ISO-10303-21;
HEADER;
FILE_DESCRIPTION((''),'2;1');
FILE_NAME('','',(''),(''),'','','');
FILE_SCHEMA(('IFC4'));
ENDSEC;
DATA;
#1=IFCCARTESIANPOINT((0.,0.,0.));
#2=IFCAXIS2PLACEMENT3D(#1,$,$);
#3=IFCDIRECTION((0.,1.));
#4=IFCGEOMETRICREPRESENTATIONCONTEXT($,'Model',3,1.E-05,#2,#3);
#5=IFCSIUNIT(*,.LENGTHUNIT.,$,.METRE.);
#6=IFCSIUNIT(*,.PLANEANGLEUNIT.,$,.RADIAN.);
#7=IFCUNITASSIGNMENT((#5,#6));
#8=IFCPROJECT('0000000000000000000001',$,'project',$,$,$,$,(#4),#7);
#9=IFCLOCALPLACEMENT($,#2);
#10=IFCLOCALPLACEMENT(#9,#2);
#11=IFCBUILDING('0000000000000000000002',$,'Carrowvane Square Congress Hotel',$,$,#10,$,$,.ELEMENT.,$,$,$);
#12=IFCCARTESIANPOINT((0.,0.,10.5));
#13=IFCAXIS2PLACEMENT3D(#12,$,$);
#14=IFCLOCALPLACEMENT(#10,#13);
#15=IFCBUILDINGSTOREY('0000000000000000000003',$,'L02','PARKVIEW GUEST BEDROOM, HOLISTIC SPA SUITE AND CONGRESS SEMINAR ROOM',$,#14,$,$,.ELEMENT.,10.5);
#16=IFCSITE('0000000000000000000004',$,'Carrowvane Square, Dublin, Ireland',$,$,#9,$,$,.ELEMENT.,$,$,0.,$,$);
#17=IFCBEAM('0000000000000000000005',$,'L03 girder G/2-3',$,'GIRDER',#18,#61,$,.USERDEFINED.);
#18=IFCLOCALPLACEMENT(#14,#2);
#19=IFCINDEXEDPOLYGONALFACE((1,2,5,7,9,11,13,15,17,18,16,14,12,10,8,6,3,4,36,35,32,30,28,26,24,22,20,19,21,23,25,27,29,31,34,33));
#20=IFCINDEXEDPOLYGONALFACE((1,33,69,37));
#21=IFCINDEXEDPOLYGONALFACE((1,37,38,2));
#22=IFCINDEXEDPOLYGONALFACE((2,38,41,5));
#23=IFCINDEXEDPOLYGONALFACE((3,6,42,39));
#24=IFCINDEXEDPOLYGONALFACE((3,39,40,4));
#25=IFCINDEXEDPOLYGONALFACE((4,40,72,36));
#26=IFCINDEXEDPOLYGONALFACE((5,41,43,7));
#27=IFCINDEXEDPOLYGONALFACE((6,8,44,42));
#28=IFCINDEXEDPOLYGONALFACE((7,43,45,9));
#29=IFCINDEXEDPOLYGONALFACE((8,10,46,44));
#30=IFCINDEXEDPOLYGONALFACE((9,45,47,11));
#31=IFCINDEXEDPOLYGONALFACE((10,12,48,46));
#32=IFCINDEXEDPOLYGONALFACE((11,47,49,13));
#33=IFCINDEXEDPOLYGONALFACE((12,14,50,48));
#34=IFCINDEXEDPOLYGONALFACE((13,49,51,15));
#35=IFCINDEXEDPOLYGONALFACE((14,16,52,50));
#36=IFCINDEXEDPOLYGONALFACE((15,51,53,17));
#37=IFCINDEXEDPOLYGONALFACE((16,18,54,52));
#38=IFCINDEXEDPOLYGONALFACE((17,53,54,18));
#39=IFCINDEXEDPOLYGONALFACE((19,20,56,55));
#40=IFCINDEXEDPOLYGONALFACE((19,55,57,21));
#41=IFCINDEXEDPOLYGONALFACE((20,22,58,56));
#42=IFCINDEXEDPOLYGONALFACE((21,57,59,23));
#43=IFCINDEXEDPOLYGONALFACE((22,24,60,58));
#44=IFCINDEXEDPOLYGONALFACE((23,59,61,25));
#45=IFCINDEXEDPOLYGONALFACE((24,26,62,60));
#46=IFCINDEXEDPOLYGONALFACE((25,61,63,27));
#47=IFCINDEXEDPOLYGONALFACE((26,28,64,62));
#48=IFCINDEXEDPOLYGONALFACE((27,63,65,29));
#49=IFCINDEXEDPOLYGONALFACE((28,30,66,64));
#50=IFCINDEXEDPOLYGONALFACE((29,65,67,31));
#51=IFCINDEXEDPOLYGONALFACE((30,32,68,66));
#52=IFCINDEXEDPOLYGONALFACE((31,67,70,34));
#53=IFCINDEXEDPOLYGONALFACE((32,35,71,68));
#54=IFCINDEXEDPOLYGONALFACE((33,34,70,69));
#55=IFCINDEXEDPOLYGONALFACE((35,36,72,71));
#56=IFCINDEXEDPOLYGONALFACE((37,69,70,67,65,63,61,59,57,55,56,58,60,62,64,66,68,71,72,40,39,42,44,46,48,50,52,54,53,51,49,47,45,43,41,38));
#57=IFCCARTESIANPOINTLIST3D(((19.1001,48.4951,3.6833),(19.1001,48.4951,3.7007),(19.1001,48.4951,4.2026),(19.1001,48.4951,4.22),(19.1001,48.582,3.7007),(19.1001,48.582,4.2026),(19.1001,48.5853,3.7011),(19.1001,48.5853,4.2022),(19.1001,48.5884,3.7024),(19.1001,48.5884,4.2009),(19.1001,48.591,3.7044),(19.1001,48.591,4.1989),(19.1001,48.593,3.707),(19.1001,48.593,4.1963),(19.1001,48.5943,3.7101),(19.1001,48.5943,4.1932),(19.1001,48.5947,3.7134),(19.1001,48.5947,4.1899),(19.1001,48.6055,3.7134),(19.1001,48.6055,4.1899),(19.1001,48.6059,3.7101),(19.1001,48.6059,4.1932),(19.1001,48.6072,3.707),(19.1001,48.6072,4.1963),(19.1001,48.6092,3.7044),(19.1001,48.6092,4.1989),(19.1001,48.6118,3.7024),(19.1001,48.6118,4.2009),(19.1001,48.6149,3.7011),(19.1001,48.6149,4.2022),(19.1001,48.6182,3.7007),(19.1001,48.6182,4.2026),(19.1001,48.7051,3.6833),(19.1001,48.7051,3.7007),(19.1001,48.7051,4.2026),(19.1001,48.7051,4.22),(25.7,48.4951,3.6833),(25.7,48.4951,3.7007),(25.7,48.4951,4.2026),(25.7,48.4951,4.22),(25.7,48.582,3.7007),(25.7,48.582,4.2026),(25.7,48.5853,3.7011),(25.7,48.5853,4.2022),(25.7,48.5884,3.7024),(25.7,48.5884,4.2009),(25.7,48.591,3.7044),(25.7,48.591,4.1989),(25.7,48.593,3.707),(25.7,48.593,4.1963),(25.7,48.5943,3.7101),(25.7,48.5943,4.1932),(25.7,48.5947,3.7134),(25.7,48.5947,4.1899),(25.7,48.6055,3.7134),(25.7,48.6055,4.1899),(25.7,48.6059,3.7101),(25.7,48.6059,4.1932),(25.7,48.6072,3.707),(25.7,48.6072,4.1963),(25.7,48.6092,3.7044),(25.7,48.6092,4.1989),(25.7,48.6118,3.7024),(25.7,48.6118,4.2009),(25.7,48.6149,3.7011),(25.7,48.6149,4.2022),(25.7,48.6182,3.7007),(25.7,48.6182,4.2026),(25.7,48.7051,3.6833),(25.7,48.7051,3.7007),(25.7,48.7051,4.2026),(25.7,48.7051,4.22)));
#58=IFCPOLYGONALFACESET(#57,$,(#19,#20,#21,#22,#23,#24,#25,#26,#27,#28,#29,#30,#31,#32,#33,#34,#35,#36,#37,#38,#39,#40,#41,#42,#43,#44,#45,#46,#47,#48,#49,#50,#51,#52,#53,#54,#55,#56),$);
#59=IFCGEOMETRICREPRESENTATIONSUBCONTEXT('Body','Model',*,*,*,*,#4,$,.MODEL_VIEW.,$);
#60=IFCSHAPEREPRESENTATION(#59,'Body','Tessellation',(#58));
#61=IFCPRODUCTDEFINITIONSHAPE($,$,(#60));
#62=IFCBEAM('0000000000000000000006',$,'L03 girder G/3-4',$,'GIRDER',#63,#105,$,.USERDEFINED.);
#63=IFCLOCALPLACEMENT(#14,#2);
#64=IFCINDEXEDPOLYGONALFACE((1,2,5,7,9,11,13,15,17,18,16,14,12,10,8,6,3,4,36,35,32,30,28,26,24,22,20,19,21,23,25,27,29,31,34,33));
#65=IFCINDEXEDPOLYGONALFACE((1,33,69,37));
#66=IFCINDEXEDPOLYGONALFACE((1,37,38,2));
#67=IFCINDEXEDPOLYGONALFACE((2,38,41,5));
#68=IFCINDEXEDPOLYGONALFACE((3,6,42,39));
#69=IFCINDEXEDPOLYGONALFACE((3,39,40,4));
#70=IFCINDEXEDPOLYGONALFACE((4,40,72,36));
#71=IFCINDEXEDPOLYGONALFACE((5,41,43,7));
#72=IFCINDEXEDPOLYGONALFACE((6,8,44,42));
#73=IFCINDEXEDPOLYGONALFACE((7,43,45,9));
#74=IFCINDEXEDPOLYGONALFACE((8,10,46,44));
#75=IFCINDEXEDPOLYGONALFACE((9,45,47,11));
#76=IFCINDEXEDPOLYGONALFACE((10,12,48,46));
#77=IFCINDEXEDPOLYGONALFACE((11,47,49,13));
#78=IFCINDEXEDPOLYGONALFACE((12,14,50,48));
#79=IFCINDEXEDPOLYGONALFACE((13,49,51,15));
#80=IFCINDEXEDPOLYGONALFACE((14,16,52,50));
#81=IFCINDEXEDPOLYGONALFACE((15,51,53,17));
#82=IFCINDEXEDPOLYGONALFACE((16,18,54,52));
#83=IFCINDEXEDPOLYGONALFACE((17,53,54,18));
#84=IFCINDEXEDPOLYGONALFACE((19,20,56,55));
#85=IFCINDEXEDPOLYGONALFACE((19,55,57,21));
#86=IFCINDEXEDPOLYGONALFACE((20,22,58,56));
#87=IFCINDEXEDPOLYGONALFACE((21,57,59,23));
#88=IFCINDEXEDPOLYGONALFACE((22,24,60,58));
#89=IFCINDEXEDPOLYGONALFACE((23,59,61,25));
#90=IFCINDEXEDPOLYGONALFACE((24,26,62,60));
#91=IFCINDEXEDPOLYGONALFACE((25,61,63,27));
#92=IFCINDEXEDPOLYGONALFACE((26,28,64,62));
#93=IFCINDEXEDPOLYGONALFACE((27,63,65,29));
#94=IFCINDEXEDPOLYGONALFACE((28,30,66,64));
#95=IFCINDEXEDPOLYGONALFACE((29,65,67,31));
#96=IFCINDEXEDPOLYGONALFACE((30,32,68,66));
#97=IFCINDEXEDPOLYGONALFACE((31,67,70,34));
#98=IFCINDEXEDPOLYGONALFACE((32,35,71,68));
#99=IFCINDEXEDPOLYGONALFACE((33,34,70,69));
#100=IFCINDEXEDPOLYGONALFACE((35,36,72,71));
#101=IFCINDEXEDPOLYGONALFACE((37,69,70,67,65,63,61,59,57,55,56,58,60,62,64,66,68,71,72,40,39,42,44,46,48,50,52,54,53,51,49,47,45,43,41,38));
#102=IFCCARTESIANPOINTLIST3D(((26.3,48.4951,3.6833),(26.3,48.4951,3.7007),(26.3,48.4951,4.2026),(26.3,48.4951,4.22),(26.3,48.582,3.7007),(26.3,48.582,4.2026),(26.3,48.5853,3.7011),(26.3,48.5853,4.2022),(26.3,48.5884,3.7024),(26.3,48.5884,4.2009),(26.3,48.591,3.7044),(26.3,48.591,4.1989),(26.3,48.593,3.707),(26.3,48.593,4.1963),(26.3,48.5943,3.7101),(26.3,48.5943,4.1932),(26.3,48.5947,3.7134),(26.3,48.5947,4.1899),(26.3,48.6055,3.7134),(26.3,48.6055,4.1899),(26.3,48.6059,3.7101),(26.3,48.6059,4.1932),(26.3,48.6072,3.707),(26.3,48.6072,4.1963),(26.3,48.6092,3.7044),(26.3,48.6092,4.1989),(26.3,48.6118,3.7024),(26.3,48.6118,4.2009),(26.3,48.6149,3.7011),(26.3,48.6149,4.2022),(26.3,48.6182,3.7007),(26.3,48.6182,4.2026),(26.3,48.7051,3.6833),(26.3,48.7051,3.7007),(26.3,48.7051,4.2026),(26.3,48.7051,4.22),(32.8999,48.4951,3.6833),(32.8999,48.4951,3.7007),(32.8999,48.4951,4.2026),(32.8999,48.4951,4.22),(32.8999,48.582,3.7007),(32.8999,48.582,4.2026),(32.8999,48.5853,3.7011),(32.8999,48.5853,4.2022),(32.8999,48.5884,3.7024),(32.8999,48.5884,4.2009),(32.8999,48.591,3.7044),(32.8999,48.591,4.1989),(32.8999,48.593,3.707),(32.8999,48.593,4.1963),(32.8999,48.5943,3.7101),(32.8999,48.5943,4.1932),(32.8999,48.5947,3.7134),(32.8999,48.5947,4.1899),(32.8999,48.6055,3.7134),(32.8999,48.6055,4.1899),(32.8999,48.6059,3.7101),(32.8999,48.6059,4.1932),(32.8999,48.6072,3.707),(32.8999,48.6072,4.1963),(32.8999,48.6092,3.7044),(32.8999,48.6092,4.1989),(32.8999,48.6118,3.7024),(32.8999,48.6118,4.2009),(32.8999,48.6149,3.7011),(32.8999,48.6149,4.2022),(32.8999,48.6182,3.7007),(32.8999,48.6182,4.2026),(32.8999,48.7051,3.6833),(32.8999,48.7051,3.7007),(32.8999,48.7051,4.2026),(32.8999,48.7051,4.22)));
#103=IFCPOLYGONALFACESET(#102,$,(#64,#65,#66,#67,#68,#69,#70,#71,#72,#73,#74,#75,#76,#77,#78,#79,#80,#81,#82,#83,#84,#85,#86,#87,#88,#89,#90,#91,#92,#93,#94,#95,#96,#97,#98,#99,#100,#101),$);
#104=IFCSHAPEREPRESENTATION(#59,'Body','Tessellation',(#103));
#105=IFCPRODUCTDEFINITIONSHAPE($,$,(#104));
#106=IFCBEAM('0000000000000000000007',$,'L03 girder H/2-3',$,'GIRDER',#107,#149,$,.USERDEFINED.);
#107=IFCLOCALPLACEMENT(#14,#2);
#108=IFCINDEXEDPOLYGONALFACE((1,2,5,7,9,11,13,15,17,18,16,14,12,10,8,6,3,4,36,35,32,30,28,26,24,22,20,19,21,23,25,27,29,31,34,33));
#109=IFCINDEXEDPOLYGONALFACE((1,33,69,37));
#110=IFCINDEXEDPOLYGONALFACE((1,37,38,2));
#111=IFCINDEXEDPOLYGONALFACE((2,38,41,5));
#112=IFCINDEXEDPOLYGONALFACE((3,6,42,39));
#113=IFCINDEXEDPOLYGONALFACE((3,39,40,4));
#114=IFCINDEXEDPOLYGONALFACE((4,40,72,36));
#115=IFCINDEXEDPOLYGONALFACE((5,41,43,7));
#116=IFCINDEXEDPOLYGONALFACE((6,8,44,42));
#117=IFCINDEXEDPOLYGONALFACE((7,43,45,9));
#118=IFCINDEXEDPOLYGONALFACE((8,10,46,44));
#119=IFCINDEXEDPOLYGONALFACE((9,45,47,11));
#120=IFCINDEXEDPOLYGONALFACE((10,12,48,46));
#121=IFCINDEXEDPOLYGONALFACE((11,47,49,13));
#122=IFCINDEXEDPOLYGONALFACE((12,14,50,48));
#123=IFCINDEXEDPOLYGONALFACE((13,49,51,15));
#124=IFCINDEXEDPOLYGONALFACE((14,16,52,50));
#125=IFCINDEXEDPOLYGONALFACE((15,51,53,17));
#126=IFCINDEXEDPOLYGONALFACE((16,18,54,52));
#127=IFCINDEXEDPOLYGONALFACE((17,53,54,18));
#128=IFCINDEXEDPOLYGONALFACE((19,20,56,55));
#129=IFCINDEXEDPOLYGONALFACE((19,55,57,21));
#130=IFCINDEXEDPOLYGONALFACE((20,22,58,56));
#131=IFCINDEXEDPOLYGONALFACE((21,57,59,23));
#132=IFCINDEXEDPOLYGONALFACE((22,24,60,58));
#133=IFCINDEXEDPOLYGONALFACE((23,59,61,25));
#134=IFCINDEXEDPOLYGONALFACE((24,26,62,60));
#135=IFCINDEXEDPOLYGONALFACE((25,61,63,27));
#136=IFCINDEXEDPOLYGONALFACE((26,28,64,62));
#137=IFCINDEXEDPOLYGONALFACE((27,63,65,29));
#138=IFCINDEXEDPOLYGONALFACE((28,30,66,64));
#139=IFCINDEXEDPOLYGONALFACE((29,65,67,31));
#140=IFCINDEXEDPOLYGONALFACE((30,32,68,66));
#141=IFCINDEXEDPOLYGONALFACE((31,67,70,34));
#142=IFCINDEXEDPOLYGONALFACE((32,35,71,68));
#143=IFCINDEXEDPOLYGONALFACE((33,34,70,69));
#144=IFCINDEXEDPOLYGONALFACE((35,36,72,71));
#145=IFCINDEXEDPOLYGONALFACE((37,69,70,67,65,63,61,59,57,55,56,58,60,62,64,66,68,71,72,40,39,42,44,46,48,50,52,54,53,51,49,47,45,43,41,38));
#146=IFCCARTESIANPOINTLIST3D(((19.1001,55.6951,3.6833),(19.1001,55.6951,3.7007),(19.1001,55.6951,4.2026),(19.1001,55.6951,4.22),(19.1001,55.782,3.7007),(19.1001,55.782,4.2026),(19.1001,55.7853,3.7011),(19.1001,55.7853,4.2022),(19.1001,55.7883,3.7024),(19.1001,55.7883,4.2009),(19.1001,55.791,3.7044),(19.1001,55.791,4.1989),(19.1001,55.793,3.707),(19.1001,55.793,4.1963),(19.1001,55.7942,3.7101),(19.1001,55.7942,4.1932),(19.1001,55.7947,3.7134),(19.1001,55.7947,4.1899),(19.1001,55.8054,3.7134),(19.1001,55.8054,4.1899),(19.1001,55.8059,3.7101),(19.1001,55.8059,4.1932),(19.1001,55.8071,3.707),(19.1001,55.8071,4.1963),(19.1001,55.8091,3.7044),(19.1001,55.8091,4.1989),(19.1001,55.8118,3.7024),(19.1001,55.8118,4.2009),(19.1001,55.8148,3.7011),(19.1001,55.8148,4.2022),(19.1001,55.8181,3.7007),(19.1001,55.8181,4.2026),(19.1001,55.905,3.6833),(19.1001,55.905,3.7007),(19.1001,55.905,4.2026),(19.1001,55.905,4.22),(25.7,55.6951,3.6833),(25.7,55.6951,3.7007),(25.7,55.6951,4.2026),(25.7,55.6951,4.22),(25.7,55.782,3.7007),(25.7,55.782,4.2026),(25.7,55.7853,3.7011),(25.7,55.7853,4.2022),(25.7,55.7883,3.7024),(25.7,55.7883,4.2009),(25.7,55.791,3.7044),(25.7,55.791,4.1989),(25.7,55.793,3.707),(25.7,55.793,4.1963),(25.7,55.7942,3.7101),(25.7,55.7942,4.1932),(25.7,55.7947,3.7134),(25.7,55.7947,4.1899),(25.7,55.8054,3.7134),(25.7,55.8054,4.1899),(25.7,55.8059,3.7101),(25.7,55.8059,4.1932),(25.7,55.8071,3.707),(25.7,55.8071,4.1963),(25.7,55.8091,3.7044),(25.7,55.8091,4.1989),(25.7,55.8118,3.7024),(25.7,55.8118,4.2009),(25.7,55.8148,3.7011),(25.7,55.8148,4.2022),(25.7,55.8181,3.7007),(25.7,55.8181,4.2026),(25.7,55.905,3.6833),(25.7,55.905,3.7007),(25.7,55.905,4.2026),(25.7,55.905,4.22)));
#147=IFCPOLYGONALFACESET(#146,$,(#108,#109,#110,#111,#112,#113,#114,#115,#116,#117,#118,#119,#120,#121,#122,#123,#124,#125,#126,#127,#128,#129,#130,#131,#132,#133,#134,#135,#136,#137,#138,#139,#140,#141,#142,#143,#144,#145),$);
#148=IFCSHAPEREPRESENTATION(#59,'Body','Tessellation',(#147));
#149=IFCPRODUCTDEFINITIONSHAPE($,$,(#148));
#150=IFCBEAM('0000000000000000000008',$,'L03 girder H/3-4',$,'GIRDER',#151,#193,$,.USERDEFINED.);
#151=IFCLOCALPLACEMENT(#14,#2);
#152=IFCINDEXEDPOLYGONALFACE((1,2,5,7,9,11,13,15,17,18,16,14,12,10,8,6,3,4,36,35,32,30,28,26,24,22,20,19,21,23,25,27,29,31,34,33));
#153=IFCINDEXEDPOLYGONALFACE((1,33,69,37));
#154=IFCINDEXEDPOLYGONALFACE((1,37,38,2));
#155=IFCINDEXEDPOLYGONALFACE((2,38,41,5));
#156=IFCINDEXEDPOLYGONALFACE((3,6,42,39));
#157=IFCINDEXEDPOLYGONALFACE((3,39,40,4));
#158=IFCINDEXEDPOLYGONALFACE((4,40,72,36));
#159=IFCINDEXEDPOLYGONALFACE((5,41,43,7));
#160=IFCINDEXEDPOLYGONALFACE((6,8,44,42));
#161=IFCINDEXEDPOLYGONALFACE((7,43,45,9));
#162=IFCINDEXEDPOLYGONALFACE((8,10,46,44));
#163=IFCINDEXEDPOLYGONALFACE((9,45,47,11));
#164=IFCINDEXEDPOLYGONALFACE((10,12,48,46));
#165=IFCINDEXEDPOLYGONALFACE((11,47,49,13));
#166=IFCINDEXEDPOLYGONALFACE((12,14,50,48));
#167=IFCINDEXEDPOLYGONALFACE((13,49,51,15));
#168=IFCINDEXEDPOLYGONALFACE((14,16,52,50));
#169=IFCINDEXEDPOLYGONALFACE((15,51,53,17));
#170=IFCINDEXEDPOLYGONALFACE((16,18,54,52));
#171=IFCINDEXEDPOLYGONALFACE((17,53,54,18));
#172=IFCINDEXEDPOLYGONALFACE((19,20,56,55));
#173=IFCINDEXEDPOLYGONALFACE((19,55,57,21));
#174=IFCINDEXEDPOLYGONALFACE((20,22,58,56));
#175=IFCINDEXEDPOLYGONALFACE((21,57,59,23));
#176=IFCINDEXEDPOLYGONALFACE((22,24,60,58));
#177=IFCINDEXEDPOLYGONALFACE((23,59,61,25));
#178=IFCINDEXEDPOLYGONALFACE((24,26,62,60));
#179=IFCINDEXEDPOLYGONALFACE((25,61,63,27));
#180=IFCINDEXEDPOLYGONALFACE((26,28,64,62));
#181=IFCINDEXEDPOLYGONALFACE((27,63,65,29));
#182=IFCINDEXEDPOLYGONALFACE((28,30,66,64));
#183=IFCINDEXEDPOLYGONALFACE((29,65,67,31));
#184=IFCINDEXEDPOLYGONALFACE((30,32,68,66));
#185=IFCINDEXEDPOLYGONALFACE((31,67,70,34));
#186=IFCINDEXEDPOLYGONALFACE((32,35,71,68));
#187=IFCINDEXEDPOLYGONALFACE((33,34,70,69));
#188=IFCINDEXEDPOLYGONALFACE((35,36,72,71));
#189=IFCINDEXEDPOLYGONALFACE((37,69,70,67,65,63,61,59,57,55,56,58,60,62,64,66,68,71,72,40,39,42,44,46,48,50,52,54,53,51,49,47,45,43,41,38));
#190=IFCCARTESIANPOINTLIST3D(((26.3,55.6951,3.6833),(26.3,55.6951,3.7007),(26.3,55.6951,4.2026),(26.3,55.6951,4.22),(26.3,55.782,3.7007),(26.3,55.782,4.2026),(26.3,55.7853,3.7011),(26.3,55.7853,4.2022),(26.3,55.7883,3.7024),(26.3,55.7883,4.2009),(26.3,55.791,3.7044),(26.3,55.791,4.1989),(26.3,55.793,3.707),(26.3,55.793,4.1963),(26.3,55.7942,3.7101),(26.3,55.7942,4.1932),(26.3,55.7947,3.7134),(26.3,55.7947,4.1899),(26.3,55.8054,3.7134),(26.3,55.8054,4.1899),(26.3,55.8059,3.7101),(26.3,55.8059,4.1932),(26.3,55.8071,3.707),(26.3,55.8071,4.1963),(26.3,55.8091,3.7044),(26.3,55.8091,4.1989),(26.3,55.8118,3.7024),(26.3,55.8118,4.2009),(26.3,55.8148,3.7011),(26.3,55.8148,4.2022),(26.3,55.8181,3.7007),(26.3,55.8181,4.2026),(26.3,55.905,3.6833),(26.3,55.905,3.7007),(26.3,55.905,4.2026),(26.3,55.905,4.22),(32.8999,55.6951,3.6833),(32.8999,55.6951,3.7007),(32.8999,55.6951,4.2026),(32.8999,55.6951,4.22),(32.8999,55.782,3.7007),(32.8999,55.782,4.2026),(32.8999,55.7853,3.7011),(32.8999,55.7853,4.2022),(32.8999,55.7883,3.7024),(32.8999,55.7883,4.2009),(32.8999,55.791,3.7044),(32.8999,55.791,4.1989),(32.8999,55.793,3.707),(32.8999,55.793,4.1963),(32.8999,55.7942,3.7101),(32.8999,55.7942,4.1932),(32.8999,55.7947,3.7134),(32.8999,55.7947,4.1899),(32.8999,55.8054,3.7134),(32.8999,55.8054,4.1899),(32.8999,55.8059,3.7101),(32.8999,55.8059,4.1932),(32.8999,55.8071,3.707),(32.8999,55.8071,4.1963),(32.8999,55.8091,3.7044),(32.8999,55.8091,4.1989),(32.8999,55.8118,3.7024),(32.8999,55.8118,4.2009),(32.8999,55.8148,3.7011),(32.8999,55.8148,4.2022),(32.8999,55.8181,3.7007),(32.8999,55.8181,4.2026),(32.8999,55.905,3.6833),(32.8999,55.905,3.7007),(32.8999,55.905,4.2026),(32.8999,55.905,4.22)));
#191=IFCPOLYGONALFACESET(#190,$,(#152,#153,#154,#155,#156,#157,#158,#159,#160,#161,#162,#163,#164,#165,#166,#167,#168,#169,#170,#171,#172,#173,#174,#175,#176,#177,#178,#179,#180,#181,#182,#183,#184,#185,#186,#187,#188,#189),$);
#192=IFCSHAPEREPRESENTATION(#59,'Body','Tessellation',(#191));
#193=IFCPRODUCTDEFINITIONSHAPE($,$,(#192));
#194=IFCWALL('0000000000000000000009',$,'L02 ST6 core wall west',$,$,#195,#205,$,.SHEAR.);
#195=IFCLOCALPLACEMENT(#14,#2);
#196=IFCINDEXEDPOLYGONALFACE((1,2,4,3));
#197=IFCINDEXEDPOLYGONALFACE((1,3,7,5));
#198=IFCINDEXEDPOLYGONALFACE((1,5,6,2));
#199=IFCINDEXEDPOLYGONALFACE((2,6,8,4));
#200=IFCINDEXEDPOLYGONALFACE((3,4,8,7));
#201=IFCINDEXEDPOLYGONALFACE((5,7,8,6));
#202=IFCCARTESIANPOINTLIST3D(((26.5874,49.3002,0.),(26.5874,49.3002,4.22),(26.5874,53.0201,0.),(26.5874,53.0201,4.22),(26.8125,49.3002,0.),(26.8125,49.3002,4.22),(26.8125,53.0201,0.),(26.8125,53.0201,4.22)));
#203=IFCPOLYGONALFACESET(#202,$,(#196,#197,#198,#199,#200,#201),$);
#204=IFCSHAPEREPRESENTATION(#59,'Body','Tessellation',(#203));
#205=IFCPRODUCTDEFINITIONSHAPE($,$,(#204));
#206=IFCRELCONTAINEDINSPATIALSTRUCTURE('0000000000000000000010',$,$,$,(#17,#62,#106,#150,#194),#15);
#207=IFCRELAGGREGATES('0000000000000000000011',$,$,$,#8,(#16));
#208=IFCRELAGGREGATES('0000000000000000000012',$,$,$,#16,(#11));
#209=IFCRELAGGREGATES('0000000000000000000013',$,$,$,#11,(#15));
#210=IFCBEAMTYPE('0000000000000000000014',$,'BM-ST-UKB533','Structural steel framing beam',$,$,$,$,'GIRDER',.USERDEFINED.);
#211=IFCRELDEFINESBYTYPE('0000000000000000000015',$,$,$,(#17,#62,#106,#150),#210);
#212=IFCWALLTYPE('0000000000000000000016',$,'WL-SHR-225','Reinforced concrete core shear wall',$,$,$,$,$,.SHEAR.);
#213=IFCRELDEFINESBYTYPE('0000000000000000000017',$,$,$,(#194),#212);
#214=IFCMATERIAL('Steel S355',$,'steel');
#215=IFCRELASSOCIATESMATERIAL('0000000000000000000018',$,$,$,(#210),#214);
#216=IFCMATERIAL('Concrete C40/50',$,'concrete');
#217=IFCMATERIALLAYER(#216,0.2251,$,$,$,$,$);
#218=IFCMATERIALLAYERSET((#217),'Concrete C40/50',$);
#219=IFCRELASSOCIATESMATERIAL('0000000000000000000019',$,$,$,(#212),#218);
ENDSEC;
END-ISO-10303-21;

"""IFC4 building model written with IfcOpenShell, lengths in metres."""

from ifc_helpers import new_model, si_unit, direction, frame, frame_2d, origin, origin_2d, place, context, subcontext, project, spatial, rectangle, i_section, extrude, material, layer, layer_set, material_profile, profile_set, type_object, element, save


model = new_model("IFC4")

# Units and contexts
model_context = context("Model", 3, precision=1e-05, world=origin(), true_north=direction((0.0, 1.0)))
body_context = subcontext(model_context, "Body", "Model", "MODEL_VIEW")
ifc_project = project(units=[si_unit("LENGTHUNIT", "METRE"), si_unit("PLANEANGLEUNIT", "RADIAN")], contexts=[model_context])

# Site, building, storey
site_placement = place(None, origin())
site = spatial("IfcSite", under=ifc_project, at=site_placement, Name="Carrowvane Square, Dublin, Ireland", CompositionType="ELEMENT", RefElevation=0.0)
building_placement = place(site_placement, origin())
building = spatial("IfcBuilding", under=site, at=building_placement, Name="Carrowvane Square Congress Hotel", CompositionType="ELEMENT")
storey_placement = place(building_placement, frame((0.0, 0.0, 10.5)))
storey = spatial("IfcBuildingStorey", under=building, at=storey_placement, Name="L02", Description="PARKVIEW GUEST BEDROOM, HOLISTIC SPA SUITE AND CONGRESS SEMINAR ROOM", CompositionType="ELEMENT", Elevation=10.5)

# Beams
ifc_material_1 = material(Name="Steel S355", Category="steel")
ifc_material_profile_1 = material_profile(ifc_material_1, i_section(OverallWidth=0.21, OverallDepth=0.5366, WebThickness=0.0107, FlangeThickness=0.0173, FilletRadius=0.0127, at=origin_2d()), Name="UKB 533x210x101")
ifc_profile_set_1 = profile_set([ifc_material_profile_1], Name="Steel S355")
beam_type_1 = type_object("IfcBeamType", Name="BM-ST-UKB533", Description="Structural steel framing beam", ElementType="GIRDER", PredefinedType="USERDEFINED", material=ifc_profile_set_1)
for number, where, z_axis, x_axis, name in (
    (1, (19.1001, 48.6001, 3.9517), (1.0, 0.0, 0.0), (0.0, 1.0, 0.0), "L03 girder G/2-3"),
    (2, (26.3, 48.6001, 3.9517), (1.0, 0.0, 0.0), (0.0, 1.0, 0.0), "L03 girder G/3-4"),
    (3, (19.1001, 55.8, 3.9517), (1.0, 0.0, 0.0), (0.0, 1.0, 0.0), "L03 girder H/2-3"),
    (4, (26.3, 55.8, 3.9517), (1.0, 0.0, 0.0), (0.0, 1.0, 0.0), "L03 girder H/3-4"),
):
    element("IfcBeam", number, at=place(storey_placement, frame(where, z_axis=z_axis, x_axis=x_axis)), inside=storey, type_object=beam_type_1, Name=name, ObjectType="GIRDER", PredefinedType="USERDEFINED", context=body_context, shape_type="SweptSolid", body=[
        extrude(i_section(OverallWidth=0.21, OverallDepth=0.5366, WebThickness=0.0107, FlangeThickness=0.0173, FilletRadius=0.0127, at=origin_2d()), origin(), (0.0, 0.0, 1.0), 6.5999),
    ])

# Wall
ifc_material_2 = material(Name="Concrete C40/50", Category="concrete")
ifc_layer_1 = layer(ifc_material_2, 0.2251)
ifc_layer_set_1 = layer_set([ifc_layer_1], Name="Concrete C40/50")
wall_type_1 = type_object("IfcWallType", Name="WL-SHR-225", Description="Reinforced concrete core shear wall", PredefinedType="SHEAR", material=ifc_layer_set_1)
wall_1_placement = place(storey_placement, frame((26.7, 53.02, 0.0), z_axis=(0.0, 0.0, 1.0), x_axis=(0.0, -1.0, 0.0)))
element("IfcWall", 5, at=wall_1_placement, inside=storey, type_object=wall_type_1, Name="L02 ST6 core wall west", PredefinedType="SHEAR", context=body_context, shape_type="SweptSolid", body=[
    extrude(rectangle(XDim=3.72, YDim=0.2251, at=frame_2d((1.8599, 0.0))), origin(), (0.0, 0.0, 1.0), 4.22),
])

save(model, "model.ifc")
